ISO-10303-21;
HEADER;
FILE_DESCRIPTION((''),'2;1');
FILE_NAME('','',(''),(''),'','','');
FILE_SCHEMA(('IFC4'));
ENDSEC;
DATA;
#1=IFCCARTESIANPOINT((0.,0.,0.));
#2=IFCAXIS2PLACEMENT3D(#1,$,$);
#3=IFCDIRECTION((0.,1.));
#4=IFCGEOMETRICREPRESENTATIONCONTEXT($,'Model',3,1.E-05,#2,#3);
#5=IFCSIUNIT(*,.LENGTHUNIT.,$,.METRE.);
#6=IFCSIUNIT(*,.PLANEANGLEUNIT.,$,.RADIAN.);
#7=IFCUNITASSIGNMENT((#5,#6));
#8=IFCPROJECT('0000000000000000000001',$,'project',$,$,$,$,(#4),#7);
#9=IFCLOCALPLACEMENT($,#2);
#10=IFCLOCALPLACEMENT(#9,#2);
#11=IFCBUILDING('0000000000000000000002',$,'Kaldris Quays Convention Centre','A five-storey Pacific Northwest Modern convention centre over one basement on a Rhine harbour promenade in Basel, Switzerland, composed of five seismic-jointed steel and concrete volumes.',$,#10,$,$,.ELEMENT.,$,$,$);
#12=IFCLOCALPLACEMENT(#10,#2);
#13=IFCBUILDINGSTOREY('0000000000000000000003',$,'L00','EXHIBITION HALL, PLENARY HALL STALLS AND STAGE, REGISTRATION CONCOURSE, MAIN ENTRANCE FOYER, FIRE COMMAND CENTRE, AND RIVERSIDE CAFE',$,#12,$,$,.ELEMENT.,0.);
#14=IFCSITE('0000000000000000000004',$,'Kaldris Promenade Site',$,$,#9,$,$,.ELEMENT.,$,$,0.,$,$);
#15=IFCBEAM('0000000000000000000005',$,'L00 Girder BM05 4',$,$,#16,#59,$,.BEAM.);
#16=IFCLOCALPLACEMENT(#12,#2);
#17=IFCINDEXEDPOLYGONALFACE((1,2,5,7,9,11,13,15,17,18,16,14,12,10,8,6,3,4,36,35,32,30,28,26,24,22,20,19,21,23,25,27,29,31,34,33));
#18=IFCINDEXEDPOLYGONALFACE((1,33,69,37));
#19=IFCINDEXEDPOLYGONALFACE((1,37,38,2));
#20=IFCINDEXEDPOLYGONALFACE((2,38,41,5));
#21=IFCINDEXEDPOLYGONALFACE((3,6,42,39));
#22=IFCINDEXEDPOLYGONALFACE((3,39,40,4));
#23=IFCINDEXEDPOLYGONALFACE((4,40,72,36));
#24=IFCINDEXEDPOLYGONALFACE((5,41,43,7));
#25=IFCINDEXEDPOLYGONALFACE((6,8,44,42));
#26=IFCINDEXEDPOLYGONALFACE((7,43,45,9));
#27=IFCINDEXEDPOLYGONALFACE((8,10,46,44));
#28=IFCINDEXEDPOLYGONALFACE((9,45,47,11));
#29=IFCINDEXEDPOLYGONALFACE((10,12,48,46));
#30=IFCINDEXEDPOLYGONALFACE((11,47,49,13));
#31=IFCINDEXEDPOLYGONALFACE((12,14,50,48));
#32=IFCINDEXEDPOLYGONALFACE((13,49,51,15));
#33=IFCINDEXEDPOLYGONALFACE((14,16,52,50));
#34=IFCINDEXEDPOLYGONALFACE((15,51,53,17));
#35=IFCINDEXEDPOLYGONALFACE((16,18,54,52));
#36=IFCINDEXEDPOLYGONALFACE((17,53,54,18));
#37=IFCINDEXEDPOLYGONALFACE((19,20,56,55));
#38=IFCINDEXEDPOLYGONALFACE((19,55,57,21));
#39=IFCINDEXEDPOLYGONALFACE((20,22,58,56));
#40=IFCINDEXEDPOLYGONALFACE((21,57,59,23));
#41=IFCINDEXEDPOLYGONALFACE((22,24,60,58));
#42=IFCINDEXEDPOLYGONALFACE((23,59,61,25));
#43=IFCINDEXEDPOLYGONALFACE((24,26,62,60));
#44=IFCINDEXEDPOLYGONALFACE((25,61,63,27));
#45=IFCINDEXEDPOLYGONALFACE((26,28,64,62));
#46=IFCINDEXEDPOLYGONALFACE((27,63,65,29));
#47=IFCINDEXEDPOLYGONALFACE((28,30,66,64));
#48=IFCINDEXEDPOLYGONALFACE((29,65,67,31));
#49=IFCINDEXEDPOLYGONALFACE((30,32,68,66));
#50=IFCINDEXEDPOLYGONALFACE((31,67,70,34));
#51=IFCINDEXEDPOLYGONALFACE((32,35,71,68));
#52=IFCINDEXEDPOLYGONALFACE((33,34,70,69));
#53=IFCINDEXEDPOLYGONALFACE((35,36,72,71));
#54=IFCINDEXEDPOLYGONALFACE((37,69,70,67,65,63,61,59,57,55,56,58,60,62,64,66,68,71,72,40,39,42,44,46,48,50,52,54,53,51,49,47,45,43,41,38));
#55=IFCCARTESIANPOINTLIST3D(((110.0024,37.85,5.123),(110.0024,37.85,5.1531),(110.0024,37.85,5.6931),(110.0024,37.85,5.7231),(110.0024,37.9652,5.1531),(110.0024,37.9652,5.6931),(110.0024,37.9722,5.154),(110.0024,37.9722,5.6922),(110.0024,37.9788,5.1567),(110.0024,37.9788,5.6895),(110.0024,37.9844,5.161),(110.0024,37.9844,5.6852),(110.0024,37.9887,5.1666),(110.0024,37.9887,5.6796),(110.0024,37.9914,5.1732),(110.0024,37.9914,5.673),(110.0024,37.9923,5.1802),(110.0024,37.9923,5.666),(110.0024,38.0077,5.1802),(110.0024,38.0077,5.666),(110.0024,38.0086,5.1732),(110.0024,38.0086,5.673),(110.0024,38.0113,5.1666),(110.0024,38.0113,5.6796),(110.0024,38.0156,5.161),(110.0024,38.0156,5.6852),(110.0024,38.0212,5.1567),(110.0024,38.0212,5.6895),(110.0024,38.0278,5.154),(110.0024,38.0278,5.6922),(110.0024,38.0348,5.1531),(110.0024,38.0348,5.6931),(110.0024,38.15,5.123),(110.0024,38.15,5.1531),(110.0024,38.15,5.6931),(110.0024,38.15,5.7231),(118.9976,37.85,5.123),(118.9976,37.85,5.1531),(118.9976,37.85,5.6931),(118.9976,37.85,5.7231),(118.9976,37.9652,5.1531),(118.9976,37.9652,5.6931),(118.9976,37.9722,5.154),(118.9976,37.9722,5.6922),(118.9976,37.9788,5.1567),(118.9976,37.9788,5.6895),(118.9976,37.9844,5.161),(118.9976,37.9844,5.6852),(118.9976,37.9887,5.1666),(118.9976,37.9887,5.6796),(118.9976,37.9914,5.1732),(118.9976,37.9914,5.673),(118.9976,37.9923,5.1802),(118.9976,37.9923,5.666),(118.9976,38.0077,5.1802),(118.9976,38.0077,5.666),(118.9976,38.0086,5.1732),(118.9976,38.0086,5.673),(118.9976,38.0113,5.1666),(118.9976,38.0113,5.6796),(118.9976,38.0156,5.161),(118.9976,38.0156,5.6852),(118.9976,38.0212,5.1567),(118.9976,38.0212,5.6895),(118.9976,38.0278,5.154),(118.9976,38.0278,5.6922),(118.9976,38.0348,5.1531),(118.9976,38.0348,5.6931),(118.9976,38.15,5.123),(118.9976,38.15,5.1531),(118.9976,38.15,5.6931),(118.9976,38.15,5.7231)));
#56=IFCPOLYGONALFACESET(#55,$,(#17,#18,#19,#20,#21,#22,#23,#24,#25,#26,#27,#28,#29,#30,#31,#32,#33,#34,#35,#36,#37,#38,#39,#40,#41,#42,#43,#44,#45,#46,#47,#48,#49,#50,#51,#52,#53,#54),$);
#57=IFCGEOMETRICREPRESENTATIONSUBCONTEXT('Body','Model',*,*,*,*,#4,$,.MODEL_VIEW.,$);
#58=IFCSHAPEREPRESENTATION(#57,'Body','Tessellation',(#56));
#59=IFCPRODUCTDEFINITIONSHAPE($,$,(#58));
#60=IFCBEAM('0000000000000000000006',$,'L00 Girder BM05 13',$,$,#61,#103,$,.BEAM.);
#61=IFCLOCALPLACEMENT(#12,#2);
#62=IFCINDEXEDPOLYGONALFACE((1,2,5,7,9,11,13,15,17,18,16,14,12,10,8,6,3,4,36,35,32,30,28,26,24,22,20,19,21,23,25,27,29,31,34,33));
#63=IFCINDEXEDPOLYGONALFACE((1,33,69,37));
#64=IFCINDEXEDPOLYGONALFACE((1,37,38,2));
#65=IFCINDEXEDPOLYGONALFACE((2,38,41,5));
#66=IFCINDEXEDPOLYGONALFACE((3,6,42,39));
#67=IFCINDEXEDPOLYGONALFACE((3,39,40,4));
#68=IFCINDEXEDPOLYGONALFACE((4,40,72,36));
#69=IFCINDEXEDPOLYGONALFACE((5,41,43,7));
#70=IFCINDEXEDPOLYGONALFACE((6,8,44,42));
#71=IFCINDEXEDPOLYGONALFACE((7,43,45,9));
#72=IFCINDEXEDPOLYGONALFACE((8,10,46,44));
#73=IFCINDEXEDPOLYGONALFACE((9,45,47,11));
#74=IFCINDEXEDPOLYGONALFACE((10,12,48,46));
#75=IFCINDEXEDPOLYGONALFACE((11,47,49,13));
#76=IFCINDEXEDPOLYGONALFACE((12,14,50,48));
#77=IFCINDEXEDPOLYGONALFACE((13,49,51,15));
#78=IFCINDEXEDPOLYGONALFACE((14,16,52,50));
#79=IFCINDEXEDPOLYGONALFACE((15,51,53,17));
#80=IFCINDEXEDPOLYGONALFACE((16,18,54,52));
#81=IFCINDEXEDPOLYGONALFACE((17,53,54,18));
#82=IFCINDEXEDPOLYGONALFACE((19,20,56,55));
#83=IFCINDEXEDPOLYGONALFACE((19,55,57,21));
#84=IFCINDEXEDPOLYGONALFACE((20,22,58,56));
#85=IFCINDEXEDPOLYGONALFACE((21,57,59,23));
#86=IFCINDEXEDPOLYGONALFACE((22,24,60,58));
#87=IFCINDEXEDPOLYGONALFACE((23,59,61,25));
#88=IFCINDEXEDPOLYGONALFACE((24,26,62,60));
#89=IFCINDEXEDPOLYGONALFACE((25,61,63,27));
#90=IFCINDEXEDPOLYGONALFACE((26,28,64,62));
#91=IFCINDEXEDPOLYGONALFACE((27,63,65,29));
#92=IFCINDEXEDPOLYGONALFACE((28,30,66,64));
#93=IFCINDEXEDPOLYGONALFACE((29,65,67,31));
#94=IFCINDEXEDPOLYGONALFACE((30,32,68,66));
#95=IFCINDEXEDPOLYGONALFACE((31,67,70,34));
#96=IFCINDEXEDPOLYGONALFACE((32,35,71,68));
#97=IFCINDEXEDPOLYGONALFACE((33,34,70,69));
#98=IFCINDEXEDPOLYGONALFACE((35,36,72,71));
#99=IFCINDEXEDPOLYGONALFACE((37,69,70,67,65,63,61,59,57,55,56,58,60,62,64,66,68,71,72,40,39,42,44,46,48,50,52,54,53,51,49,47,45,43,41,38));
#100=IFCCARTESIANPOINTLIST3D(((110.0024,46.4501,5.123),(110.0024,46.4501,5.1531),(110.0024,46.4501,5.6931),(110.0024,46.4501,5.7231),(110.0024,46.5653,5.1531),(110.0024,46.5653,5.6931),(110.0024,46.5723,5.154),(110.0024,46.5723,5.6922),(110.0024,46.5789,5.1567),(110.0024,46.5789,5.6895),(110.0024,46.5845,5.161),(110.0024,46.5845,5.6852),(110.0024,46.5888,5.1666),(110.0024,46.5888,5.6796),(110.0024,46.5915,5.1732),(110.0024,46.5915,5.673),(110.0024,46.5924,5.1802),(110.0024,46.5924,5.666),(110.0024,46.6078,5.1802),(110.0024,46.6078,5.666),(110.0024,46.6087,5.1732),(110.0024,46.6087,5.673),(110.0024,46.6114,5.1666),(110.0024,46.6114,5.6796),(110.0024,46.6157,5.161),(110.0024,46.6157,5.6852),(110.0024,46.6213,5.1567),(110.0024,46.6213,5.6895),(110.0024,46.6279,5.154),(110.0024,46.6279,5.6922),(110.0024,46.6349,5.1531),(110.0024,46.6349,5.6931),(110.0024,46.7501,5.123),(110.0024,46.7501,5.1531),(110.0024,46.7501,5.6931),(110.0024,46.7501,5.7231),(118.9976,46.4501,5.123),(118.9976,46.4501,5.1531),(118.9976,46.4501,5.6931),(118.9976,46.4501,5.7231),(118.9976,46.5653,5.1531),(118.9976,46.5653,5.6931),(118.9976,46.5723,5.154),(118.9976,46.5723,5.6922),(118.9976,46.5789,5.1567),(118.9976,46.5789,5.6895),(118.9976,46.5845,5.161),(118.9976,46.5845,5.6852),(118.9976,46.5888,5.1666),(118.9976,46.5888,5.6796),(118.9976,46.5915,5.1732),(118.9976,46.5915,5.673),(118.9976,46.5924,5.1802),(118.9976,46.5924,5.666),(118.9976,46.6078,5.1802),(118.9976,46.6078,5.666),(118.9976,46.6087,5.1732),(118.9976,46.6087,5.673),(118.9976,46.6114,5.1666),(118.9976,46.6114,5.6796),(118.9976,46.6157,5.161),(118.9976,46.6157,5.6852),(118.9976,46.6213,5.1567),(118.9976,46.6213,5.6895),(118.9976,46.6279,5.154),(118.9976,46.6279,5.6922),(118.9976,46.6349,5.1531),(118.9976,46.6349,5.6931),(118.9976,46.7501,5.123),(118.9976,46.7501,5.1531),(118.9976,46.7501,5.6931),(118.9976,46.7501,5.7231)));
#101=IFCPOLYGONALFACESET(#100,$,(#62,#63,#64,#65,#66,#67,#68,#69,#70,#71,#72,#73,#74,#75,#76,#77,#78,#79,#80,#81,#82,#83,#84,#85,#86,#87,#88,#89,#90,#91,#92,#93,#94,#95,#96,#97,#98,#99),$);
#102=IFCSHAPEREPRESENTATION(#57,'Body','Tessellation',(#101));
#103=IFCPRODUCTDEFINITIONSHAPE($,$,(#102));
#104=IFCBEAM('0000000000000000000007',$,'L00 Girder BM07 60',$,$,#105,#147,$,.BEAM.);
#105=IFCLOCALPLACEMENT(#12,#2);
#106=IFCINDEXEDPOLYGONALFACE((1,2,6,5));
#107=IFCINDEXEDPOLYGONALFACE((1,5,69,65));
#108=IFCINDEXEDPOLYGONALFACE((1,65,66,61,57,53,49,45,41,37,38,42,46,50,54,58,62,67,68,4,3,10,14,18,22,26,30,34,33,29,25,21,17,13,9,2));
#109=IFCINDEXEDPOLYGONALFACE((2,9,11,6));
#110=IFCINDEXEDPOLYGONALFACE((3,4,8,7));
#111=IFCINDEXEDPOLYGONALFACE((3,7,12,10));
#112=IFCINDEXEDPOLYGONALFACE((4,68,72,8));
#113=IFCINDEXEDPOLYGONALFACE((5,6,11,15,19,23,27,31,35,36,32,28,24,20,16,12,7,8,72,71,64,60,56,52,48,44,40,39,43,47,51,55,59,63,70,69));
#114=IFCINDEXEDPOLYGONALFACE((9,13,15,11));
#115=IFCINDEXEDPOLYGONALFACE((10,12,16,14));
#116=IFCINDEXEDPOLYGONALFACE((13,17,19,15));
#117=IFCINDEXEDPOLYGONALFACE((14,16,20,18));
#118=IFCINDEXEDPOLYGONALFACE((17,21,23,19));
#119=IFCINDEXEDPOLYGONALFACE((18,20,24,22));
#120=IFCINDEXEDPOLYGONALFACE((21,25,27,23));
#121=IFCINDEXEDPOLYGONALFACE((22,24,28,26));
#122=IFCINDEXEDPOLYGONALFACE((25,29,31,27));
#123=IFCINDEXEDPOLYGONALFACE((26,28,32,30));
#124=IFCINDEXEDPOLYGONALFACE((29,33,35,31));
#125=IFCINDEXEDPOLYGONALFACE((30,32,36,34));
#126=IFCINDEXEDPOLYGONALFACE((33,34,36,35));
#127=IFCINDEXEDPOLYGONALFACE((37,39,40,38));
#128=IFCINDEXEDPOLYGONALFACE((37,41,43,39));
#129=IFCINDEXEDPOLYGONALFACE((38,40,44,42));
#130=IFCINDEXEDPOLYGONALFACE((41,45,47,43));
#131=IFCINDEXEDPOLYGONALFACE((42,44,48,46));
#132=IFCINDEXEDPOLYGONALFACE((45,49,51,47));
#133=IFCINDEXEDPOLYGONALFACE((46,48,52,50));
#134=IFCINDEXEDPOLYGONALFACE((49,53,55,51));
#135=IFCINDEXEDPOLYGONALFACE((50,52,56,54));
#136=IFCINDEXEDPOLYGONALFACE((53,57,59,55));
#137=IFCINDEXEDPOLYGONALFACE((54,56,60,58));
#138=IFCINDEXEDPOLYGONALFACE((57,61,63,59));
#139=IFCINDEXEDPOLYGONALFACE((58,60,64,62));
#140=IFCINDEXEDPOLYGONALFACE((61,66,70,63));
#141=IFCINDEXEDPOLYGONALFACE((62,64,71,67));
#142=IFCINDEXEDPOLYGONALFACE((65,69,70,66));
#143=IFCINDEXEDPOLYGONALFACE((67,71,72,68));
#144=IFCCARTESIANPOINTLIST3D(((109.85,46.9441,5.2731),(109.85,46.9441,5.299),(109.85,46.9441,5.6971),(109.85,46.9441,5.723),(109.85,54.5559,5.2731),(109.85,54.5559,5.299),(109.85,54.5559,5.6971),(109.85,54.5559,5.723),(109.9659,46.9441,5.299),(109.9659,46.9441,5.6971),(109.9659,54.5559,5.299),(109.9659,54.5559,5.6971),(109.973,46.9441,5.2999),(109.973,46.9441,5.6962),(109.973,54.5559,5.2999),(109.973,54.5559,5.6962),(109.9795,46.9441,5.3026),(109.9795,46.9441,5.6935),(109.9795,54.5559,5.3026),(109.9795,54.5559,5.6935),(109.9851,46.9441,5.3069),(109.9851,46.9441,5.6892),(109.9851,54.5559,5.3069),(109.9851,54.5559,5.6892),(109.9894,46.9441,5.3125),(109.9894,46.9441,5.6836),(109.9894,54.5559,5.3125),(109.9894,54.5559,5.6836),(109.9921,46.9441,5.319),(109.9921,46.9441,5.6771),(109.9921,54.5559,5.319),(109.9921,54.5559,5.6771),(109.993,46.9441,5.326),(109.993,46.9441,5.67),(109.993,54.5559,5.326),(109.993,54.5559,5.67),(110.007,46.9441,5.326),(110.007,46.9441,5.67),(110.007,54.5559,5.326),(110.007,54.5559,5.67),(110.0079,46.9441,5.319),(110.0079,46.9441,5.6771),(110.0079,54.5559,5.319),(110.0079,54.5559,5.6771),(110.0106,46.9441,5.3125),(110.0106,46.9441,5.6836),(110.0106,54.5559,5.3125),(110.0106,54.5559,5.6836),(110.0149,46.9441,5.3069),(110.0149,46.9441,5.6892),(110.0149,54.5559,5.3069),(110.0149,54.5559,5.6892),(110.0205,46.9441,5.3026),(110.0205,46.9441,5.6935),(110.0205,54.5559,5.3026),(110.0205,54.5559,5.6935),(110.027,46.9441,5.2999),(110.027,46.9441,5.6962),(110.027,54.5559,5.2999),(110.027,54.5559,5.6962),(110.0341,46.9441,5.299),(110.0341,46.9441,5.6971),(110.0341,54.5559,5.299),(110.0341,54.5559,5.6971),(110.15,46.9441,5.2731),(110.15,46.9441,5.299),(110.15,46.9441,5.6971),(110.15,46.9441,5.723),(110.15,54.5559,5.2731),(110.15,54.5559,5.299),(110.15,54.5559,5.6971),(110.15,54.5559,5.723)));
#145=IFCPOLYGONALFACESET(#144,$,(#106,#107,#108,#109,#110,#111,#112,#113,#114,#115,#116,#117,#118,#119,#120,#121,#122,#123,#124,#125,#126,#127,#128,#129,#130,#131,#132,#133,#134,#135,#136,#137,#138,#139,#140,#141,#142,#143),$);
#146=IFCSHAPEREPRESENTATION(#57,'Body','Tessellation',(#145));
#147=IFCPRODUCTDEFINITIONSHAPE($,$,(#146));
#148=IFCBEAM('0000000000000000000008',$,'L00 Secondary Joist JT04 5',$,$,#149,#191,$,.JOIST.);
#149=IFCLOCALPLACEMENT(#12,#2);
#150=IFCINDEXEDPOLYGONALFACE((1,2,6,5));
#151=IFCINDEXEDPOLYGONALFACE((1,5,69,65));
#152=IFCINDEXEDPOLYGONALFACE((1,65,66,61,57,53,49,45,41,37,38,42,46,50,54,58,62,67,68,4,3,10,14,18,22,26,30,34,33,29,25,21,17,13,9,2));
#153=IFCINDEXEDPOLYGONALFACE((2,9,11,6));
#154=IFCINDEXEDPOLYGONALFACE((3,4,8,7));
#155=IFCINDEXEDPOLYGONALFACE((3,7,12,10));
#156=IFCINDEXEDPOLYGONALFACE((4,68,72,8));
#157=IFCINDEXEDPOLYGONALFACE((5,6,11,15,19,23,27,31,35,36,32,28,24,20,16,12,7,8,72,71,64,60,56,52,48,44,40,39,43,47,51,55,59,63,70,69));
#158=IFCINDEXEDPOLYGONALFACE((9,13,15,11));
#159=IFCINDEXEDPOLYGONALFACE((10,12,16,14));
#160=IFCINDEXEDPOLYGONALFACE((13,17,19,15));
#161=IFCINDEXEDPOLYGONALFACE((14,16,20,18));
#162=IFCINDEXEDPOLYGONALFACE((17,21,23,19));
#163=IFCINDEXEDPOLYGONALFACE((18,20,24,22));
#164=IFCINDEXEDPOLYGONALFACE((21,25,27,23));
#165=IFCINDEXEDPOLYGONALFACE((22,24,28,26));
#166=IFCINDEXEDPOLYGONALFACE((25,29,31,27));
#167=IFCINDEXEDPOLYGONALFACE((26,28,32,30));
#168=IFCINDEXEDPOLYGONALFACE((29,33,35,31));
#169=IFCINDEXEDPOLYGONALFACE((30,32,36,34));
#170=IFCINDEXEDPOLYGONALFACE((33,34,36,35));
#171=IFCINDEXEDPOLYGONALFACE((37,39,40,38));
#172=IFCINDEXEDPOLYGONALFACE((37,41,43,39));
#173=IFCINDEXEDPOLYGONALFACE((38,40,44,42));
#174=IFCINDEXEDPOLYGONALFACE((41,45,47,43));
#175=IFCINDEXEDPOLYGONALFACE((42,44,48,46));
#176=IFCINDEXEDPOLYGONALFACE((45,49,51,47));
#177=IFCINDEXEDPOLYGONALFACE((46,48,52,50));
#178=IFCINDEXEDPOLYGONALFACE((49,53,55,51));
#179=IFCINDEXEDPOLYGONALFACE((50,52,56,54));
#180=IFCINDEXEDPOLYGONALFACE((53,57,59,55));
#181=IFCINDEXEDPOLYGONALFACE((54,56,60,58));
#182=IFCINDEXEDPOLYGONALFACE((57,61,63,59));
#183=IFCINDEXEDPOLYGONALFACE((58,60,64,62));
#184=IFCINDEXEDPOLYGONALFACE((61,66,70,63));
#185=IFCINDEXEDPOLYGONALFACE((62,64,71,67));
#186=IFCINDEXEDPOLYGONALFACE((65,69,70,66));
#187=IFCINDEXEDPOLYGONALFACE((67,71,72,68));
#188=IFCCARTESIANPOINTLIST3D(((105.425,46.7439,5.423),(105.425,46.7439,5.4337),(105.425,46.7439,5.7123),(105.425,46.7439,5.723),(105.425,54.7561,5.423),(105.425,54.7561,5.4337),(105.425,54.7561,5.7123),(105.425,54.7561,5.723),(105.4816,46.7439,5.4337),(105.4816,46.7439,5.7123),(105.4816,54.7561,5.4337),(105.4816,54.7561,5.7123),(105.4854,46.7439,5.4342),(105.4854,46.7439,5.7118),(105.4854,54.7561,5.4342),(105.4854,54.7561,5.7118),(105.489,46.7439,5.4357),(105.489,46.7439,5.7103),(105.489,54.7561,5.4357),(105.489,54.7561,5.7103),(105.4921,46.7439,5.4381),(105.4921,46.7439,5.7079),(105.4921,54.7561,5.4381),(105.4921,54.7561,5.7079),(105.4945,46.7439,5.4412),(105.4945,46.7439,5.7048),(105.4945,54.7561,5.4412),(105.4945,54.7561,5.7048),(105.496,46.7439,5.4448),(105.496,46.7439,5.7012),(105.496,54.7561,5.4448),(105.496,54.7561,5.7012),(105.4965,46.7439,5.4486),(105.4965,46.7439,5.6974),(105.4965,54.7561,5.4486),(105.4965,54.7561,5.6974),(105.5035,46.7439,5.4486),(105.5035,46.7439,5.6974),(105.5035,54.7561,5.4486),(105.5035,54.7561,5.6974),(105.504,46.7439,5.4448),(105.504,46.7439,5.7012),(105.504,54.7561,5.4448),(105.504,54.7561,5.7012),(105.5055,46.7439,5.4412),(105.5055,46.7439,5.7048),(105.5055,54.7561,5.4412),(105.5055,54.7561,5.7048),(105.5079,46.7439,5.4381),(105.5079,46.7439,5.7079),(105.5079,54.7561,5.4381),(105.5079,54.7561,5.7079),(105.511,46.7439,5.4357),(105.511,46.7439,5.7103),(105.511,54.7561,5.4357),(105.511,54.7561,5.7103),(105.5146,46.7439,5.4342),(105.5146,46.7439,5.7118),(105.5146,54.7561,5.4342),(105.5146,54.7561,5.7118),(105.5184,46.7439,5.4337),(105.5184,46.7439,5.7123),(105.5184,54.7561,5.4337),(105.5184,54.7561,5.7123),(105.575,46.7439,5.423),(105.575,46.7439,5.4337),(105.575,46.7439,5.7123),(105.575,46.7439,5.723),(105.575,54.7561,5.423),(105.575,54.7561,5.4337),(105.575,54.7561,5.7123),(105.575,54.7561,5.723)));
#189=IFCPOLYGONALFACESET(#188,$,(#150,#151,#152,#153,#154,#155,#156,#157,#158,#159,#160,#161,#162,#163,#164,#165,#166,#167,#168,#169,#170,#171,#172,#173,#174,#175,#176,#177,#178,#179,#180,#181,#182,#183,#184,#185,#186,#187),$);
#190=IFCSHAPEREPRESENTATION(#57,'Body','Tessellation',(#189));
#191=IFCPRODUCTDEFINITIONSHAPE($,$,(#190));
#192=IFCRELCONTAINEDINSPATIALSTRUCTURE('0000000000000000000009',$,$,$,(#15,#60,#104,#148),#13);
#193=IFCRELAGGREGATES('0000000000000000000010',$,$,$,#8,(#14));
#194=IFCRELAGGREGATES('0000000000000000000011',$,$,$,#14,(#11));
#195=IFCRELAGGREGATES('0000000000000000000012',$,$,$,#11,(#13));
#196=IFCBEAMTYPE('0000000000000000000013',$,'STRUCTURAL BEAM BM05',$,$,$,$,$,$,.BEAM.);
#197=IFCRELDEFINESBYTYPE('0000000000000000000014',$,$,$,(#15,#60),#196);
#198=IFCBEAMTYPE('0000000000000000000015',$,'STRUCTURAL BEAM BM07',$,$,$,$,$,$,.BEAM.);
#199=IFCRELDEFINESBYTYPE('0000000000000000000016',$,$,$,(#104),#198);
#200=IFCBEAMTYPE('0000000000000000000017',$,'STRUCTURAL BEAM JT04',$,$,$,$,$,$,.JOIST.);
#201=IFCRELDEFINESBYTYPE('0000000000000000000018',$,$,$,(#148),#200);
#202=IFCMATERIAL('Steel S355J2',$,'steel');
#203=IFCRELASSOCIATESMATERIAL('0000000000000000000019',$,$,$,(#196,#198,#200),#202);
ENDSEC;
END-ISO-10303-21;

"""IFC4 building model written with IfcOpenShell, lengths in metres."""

from ifc_helpers import new_model, si_unit, direction, frame, origin, origin_2d, place, context, subcontext, project, spatial, i_section, extrude, material, material_profile, profile_set, type_object, element, save


model = new_model("IFC4")

# Units and contexts
model_context = context("Model", 3, precision=1e-05, world=origin(), true_north=direction((0.0, 1.0)))
body_context = subcontext(model_context, "Body", "Model", "MODEL_VIEW")
ifc_project = project(units=[si_unit("LENGTHUNIT", "METRE"), si_unit("PLANEANGLEUNIT", "RADIAN")], contexts=[model_context])

# Site, building, storey
site_placement = place(None, origin())
site = spatial("IfcSite", under=ifc_project, at=site_placement, Name="Kaldris Promenade Site", CompositionType="ELEMENT", RefElevation=0.0)
building_placement = place(site_placement, origin())
building = spatial("IfcBuilding", under=site, at=building_placement, Name="Kaldris Quays Convention Centre", Description="A five-storey Pacific Northwest Modern convention centre over one basement on a Rhine harbour promenade in Basel, Switzerland, composed of five seismic-jointed steel and concrete volumes.", CompositionType="ELEMENT")
storey_placement = place(building_placement, origin())
storey = spatial("IfcBuildingStorey", under=building, at=storey_placement, Name="L00", Description="EXHIBITION HALL, PLENARY HALL STALLS AND STAGE, REGISTRATION CONCOURSE, MAIN ENTRANCE FOYER, FIRE COMMAND CENTRE, AND RIVERSIDE CAFE", CompositionType="ELEMENT", Elevation=0.0)

# Shared definitions
ifc_material_1 = material(Name="Steel S355J2", Category="steel")

# Beams
ifc_material_profile_1 = material_profile(ifc_material_1, i_section(OverallWidth=0.3, OverallDepth=0.6001, WebThickness=0.0154, FlangeThickness=0.03, FilletRadius=0.0271, at=origin_2d()), Name="HEB 600")
ifc_profile_set_1 = profile_set([ifc_material_profile_1], Name="Steel S355J2")
beam_type_1 = type_object("IfcBeamType", Name="STRUCTURAL BEAM BM05", PredefinedType="BEAM", material=ifc_profile_set_1)
for number, where, z_axis, x_axis, name in (
    (1, (110.0024, 38.0, 5.4231), (1.0, 0.0, 0.0), (0.0, 1.0, 0.0), "L00 Girder BM05 4"),
    (2, (110.0024, 46.6001, 5.4231), (1.0, 0.0, 0.0), (0.0, 1.0, 0.0), "L00 Girder BM05 13"),
):
    element("IfcBeam", number, at=place(storey_placement, frame(where, z_axis=z_axis, x_axis=x_axis)), inside=storey, type_object=beam_type_1, Name=name, PredefinedType="BEAM", context=body_context, shape_type="SweptSolid", body=[
        extrude(i_section(OverallWidth=0.3, OverallDepth=0.6001, WebThickness=0.0154, FlangeThickness=0.03, FilletRadius=0.0271, at=origin_2d()), origin(), (0.0, 0.0, 1.0), 8.9951),
    ])
ifc_material_profile_2 = material_profile(ifc_material_1, i_section(OverallWidth=0.3, OverallDepth=0.45, WebThickness=0.0139, FlangeThickness=0.0259, FilletRadius=0.0271, at=origin_2d()), Name="HEB 450")
ifc_profile_set_2 = profile_set([ifc_material_profile_2], Name="Steel S355J2")
beam_type_2 = type_object("IfcBeamType", Name="STRUCTURAL BEAM BM07", PredefinedType="BEAM", material=ifc_profile_set_2)
beam_1_placement = place(storey_placement, frame((110.0, 46.9441, 5.498), z_axis=(0.0, 1.0, 0.0), x_axis=(-1.0, 0.0, 0.0)))
element("IfcBeam", 3, at=beam_1_placement, inside=storey, type_object=beam_type_2, Name="L00 Girder BM07 60", PredefinedType="BEAM", context=body_context, shape_type="SweptSolid", body=[
    extrude(i_section(OverallWidth=0.3, OverallDepth=0.45, WebThickness=0.0139, FlangeThickness=0.0259, FilletRadius=0.0271, at=origin_2d()), origin(), (0.0, 0.0, 1.0), 7.6118),
])
ifc_material_profile_3 = material_profile(ifc_material_1, i_section(OverallWidth=0.1499, OverallDepth=0.3, WebThickness=0.0071, FlangeThickness=0.0107, FilletRadius=0.0149, at=origin_2d()), Name="IPE 300")
ifc_profile_set_3 = profile_set([ifc_material_profile_3], Name="Steel S355J2")
beam_type_3 = type_object("IfcBeamType", Name="STRUCTURAL BEAM JT04", PredefinedType="JOIST", material=ifc_profile_set_3)
beam_2_placement = place(storey_placement, frame((105.5, 46.7439, 5.573), z_axis=(0.0, 1.0, 0.0), x_axis=(-1.0, 0.0, 0.0)))
element("IfcBeam", 4, at=beam_2_placement, inside=storey, type_object=beam_type_3, Name="L00 Secondary Joist JT04 5", PredefinedType="JOIST", context=body_context, shape_type="SweptSolid", body=[
    extrude(i_section(OverallWidth=0.1499, OverallDepth=0.3, WebThickness=0.0071, FlangeThickness=0.0107, FilletRadius=0.0149, at=origin_2d()), origin(), (0.0, 0.0, 1.0), 8.0122),
])

save(model, "model.ifc")
